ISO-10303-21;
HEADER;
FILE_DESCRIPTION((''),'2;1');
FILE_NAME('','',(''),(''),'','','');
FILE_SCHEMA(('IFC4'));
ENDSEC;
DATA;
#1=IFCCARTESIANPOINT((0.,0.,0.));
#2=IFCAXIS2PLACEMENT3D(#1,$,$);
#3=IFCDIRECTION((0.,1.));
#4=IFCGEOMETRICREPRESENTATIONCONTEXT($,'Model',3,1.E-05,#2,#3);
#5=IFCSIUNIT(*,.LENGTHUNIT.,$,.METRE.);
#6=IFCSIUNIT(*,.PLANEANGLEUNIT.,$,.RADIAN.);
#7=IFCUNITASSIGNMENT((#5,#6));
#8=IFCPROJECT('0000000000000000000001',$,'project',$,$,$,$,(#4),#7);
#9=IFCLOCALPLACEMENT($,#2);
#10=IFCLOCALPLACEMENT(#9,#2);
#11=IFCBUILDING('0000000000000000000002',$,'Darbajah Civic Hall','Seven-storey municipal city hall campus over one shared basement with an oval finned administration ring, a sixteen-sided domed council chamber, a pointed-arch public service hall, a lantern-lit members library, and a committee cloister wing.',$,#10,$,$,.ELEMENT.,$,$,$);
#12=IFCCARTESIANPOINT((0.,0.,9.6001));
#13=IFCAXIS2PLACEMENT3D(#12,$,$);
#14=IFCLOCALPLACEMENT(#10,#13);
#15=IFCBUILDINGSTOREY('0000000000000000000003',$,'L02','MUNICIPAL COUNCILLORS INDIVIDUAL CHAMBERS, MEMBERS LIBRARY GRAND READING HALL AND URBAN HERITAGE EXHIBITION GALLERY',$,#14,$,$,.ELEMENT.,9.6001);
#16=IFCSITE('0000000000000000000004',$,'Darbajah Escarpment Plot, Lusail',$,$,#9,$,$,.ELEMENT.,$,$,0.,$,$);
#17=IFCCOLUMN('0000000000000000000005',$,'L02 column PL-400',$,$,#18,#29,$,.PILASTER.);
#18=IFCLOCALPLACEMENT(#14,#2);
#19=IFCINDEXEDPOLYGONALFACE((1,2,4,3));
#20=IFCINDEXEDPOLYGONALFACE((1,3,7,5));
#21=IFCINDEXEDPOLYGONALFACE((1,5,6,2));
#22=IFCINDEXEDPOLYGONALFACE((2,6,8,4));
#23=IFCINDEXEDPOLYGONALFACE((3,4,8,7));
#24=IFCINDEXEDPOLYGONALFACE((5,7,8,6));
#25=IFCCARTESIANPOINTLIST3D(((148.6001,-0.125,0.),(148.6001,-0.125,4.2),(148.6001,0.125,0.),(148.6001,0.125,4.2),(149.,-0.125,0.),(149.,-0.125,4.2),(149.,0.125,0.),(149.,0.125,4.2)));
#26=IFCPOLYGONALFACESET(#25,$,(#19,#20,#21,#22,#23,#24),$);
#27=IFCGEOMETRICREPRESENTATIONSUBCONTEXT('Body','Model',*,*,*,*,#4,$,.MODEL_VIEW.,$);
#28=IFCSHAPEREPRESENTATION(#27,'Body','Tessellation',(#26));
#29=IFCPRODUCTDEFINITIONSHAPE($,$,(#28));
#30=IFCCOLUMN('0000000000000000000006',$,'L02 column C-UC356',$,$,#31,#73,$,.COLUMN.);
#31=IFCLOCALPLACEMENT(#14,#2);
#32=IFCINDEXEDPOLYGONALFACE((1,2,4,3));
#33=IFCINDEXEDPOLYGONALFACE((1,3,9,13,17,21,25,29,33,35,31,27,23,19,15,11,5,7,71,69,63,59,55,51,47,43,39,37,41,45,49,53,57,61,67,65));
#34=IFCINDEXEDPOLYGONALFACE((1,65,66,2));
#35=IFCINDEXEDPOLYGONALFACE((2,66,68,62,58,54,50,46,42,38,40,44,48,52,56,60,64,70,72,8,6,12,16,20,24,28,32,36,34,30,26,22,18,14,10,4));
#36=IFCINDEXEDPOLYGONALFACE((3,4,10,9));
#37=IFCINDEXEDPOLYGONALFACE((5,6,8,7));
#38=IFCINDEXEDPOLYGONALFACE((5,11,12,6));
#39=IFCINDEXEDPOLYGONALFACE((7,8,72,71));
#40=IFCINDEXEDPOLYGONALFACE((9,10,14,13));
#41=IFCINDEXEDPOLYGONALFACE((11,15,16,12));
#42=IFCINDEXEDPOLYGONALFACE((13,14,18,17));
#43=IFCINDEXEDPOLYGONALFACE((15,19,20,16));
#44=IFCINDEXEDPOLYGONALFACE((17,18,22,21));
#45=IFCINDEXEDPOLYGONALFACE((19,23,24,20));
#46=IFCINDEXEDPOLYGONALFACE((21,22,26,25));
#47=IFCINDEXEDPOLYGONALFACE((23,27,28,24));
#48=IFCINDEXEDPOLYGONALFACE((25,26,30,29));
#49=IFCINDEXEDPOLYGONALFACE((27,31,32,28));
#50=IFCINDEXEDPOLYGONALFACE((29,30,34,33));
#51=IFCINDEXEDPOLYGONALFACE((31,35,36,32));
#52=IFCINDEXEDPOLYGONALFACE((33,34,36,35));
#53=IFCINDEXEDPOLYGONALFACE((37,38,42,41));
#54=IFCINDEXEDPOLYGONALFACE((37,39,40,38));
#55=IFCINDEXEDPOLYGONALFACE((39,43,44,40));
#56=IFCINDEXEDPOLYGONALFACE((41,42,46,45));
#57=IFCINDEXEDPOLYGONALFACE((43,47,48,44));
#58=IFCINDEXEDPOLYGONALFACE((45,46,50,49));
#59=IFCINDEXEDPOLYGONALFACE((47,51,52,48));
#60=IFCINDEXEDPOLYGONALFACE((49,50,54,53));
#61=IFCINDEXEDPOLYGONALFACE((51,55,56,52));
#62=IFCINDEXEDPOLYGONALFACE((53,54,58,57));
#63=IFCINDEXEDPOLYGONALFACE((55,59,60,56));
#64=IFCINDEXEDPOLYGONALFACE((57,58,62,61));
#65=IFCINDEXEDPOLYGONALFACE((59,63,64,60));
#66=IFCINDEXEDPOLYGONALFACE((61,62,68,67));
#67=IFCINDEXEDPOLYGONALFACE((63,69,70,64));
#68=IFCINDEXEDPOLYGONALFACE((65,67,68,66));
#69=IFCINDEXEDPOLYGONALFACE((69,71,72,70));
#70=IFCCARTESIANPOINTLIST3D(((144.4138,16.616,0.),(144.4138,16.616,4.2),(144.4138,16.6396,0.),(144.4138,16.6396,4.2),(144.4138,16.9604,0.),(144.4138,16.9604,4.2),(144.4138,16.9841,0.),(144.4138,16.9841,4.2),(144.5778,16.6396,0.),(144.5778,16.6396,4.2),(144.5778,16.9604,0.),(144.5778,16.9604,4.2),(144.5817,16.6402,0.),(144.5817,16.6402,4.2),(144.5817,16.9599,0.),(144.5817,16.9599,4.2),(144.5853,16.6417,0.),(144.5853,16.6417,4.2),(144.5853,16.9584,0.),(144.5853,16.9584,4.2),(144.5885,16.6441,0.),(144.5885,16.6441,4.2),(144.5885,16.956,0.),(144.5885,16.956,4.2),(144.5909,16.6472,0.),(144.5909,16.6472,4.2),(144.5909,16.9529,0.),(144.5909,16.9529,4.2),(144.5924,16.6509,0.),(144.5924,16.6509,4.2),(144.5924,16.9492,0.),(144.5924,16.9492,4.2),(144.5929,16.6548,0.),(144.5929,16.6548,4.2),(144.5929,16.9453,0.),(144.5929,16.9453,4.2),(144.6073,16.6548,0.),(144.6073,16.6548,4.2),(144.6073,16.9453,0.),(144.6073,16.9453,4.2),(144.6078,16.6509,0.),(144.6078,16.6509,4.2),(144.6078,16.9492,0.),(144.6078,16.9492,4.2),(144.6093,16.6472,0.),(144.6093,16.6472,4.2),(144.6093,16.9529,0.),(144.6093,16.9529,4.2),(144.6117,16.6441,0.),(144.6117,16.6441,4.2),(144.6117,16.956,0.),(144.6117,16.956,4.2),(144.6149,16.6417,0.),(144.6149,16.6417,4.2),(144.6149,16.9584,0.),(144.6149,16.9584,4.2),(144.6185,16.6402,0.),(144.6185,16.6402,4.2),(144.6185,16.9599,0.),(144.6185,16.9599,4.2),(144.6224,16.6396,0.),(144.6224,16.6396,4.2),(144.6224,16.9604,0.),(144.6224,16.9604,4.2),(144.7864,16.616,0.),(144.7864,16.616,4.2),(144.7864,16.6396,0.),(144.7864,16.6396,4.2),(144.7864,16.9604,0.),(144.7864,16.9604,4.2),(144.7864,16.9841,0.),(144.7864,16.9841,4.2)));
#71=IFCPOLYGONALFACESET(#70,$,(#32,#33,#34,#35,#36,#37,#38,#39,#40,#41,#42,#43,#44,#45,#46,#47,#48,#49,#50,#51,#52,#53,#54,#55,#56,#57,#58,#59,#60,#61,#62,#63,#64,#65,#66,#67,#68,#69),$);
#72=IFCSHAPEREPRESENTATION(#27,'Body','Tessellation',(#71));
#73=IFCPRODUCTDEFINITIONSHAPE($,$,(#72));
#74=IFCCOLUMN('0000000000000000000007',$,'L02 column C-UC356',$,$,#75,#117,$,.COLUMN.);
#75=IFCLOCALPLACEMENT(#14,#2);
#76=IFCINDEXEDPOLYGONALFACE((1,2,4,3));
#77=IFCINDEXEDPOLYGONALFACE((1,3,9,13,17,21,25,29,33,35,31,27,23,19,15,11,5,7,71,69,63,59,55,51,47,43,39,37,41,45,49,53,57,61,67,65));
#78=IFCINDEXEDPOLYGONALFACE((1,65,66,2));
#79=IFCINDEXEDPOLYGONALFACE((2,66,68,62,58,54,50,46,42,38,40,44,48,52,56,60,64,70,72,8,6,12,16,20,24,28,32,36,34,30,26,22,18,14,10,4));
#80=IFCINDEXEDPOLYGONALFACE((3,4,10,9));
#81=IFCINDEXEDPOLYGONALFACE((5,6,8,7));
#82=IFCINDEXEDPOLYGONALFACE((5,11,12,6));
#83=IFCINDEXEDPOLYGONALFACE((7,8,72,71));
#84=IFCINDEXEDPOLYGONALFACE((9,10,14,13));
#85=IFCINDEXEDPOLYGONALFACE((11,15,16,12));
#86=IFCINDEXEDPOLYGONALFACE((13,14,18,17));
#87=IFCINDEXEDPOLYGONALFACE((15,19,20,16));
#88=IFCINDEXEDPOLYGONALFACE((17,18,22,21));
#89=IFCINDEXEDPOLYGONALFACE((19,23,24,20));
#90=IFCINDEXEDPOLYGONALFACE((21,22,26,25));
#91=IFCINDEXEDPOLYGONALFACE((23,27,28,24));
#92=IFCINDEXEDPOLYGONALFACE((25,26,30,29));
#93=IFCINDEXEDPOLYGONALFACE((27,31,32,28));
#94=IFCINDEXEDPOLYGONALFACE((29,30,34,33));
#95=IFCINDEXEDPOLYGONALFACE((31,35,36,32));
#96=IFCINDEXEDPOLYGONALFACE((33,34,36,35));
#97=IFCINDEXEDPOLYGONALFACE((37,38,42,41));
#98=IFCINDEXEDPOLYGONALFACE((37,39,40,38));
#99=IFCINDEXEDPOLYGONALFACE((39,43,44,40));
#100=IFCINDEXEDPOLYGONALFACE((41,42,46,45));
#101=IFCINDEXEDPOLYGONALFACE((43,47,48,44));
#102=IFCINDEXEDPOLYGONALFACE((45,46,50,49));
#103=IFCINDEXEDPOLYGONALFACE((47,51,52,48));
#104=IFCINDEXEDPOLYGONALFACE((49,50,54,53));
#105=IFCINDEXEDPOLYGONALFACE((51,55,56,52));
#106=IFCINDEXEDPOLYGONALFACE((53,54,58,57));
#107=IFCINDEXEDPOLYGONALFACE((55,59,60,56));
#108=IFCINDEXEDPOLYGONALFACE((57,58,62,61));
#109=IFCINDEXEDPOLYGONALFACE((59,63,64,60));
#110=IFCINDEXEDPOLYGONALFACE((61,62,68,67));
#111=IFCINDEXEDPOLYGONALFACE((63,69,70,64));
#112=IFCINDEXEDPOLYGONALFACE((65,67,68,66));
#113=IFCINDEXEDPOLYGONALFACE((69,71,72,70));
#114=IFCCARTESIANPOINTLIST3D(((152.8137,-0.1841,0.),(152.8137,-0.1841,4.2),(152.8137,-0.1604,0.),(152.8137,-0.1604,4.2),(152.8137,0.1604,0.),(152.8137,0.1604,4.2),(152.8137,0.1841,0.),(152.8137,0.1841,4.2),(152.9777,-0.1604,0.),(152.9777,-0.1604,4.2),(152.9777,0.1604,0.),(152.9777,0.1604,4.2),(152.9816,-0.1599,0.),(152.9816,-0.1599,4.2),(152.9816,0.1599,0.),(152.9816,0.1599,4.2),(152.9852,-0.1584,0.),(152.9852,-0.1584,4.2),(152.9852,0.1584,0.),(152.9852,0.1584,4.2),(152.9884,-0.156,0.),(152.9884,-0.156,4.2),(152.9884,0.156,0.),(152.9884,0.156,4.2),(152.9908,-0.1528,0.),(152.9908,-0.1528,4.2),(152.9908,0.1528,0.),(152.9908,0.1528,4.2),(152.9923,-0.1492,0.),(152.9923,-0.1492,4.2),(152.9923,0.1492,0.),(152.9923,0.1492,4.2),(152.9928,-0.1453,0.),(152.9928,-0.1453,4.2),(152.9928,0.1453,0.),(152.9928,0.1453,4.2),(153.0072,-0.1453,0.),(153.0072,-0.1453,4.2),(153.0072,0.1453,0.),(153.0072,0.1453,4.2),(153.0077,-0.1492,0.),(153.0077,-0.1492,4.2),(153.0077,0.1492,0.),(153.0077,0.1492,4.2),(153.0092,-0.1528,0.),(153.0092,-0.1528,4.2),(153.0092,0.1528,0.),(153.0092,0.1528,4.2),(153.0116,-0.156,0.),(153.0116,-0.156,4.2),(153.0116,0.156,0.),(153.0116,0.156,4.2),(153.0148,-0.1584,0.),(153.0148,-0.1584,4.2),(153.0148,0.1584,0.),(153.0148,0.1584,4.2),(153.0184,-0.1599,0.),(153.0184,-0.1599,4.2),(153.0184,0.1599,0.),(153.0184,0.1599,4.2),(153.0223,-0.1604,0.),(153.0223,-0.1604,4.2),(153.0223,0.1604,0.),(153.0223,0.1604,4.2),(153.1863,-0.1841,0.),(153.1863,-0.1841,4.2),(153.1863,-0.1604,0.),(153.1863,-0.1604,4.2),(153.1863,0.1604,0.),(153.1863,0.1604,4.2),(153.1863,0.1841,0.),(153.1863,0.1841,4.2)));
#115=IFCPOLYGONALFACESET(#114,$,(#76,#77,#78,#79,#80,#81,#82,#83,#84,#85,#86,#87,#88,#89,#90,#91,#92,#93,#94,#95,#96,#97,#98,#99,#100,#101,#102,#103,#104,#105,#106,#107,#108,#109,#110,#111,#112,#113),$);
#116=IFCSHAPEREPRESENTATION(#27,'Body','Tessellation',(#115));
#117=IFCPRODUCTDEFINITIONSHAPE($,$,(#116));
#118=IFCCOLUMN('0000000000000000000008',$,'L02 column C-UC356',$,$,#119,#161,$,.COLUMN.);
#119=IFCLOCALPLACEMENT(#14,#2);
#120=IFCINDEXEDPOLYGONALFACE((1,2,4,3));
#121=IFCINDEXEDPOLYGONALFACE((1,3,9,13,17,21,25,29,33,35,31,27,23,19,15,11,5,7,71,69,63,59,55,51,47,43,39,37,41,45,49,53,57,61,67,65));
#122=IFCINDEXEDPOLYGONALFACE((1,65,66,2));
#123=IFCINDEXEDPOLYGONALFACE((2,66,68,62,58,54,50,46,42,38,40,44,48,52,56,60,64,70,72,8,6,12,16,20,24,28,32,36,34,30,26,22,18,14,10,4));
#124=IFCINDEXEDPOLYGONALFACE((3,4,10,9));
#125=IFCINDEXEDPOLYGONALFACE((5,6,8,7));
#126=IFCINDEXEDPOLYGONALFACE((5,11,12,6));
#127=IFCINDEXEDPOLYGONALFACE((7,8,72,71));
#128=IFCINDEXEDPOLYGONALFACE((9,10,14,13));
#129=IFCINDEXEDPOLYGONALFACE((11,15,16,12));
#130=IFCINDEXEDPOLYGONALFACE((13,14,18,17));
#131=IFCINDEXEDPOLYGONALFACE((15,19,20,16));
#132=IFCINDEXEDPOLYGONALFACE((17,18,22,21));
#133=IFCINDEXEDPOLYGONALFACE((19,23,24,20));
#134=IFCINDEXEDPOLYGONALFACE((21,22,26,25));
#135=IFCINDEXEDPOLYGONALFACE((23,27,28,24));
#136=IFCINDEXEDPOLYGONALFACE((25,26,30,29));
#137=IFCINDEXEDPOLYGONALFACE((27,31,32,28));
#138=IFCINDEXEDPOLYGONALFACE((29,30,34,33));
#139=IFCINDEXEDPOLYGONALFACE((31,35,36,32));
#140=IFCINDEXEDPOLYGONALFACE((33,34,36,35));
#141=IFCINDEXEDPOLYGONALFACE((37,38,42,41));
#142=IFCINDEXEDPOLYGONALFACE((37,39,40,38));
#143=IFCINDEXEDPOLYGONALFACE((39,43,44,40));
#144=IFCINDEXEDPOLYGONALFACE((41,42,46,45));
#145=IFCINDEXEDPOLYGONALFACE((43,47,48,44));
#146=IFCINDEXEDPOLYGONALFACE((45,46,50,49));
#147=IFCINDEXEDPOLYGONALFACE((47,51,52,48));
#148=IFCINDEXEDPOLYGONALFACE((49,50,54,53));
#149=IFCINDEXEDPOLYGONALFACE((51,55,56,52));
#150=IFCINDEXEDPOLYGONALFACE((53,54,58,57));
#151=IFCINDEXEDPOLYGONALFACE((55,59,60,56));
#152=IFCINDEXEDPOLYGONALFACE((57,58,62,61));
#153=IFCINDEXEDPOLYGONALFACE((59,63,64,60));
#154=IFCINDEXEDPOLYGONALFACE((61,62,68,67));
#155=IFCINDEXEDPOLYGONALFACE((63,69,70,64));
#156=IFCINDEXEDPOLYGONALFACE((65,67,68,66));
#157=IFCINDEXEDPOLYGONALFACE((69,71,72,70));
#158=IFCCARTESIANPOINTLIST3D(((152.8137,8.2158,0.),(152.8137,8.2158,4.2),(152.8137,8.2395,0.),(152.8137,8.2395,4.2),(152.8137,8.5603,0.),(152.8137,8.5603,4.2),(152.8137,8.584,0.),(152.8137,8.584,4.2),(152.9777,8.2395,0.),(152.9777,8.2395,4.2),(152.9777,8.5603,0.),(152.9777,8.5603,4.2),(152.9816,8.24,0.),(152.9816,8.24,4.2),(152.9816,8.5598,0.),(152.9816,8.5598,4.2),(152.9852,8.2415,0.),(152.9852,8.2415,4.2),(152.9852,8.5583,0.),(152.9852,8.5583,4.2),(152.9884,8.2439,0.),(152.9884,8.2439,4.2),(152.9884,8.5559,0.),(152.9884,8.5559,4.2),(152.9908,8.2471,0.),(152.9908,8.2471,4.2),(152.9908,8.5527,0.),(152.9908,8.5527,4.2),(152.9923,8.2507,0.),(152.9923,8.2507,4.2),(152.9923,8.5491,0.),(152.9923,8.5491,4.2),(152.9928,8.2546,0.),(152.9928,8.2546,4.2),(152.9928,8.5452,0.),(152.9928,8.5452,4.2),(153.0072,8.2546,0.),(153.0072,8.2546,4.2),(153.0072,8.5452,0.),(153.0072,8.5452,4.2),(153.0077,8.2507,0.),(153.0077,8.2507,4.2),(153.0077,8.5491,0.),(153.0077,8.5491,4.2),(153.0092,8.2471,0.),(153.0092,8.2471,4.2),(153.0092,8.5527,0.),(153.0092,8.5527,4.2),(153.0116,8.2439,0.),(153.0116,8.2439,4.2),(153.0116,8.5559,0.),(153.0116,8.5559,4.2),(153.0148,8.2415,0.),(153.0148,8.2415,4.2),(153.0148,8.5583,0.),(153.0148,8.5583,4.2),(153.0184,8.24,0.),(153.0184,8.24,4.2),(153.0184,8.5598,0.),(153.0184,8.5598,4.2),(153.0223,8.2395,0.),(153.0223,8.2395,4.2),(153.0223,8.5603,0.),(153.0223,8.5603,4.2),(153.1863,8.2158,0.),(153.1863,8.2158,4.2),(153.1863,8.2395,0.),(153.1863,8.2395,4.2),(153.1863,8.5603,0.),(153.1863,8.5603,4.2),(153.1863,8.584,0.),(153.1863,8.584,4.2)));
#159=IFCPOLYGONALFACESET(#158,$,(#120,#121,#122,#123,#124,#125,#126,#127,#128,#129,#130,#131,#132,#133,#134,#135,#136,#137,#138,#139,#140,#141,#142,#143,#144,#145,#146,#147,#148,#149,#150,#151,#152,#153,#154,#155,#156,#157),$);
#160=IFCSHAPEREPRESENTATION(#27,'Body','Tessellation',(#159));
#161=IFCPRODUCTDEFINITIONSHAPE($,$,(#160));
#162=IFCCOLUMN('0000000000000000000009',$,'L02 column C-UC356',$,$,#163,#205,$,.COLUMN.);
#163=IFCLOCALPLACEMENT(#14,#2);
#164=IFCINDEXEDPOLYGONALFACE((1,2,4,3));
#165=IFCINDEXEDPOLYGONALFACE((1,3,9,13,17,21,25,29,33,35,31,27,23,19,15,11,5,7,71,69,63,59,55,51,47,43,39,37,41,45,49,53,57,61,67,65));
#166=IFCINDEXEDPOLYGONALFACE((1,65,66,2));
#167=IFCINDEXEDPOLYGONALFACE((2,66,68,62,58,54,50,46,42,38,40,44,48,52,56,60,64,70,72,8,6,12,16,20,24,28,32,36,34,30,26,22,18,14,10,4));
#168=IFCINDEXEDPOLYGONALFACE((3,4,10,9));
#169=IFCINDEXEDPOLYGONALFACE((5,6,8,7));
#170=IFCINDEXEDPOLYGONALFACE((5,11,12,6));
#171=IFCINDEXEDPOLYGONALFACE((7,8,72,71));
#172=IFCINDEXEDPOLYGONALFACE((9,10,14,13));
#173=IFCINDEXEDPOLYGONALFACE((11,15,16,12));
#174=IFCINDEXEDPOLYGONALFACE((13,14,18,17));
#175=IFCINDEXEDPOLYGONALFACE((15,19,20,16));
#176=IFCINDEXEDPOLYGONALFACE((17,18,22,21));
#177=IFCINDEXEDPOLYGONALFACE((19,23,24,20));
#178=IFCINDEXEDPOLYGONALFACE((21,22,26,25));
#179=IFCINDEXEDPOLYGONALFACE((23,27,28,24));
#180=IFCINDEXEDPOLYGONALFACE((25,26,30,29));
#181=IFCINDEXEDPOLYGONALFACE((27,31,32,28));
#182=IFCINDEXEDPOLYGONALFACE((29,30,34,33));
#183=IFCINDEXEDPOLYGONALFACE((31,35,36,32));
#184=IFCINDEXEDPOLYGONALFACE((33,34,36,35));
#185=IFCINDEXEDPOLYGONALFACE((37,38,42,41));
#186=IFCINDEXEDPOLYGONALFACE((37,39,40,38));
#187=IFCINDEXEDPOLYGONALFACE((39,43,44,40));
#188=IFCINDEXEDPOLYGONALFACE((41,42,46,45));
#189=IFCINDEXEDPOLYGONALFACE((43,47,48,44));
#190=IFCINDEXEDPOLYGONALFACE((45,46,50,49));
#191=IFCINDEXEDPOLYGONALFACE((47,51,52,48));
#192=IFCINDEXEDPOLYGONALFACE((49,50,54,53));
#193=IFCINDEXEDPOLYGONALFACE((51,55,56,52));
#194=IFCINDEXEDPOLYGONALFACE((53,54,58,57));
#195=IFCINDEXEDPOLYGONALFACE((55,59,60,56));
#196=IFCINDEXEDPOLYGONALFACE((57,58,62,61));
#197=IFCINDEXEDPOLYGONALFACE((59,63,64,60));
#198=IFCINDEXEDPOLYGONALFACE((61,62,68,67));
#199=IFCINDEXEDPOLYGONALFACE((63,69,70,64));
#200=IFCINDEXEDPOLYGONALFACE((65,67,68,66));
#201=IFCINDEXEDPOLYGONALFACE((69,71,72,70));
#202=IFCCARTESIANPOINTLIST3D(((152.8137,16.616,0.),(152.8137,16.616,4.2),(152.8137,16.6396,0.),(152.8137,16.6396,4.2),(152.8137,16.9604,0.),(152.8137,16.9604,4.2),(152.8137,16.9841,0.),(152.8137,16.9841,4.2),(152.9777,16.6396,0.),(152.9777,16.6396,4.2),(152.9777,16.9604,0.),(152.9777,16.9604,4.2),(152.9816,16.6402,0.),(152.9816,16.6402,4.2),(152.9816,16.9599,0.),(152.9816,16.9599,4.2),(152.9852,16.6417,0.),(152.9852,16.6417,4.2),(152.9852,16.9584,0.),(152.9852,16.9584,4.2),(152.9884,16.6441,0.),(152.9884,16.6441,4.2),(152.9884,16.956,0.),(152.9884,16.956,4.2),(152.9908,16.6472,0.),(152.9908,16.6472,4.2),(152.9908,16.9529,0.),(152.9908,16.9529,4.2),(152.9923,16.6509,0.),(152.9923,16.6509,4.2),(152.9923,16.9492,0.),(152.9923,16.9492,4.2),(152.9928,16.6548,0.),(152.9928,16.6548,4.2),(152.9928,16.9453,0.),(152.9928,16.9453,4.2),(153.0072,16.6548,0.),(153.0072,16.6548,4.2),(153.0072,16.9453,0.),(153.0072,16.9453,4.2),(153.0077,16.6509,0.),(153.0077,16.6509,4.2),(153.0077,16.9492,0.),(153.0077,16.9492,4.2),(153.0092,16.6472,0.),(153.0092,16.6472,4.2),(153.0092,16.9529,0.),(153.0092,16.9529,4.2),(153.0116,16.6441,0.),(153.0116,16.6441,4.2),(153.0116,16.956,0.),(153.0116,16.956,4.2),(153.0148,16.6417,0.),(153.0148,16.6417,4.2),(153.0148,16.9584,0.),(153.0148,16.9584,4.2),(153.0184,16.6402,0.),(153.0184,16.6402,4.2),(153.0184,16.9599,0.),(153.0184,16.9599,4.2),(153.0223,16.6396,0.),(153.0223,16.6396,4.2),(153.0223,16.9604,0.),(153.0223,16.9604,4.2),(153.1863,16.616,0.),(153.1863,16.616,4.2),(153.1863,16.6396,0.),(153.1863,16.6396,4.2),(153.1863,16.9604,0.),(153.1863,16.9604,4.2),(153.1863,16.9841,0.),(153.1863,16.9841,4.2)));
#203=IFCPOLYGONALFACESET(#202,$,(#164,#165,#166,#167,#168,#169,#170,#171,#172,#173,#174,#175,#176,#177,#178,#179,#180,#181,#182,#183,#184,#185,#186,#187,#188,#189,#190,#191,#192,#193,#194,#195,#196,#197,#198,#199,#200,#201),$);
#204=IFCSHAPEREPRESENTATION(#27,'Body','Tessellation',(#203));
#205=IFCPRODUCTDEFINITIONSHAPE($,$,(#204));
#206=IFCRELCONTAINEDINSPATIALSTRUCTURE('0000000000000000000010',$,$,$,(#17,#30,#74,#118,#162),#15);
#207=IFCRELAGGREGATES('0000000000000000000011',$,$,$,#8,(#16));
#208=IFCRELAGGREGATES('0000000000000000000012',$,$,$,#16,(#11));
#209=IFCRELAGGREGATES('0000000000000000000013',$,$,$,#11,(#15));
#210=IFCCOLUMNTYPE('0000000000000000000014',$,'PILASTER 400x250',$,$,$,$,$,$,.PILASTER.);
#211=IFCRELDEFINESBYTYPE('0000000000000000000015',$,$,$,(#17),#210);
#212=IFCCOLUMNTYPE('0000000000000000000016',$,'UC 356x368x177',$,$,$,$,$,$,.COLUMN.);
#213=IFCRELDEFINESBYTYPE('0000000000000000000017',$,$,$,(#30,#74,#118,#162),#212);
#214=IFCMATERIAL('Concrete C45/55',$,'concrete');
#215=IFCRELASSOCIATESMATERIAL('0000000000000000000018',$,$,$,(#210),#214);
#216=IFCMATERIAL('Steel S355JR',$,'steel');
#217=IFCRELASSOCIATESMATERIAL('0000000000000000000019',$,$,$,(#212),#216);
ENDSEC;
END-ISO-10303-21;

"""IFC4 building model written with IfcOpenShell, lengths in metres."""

from ifc_helpers import new_model, si_unit, direction, frame, origin, origin_2d, place, context, subcontext, project, spatial, rectangle, i_section, extrude, material, material_profile, profile_set, type_object, element, save


model = new_model("IFC4")

# Units and contexts
model_context = context("Model", 3, precision=1e-05, world=origin(), true_north=direction((0.0, 1.0)))
body_context = subcontext(model_context, "Body", "Model", "MODEL_VIEW")
ifc_project = project(units=[si_unit("LENGTHUNIT", "METRE"), si_unit("PLANEANGLEUNIT", "RADIAN")], contexts=[model_context])

# Site, building, storey
site_placement = place(None, origin())
site = spatial("IfcSite", under=ifc_project, at=site_placement, Name="Darbajah Escarpment Plot, Lusail", CompositionType="ELEMENT", RefElevation=0.0)
building_placement = place(site_placement, origin())
building = spatial("IfcBuilding", under=site, at=building_placement, Name="Darbajah Civic Hall", Description="Seven-storey municipal city hall campus over one shared basement with an oval finned administration ring, a sixteen-sided domed council chamber, a pointed-arch public service hall, a lantern-lit members library, and a committee cloister wing.", CompositionType="ELEMENT")
storey_placement = place(building_placement, frame((0.0, 0.0, 9.6001)))
storey = spatial("IfcBuildingStorey", under=building, at=storey_placement, Name="L02", Description="MUNICIPAL COUNCILLORS INDIVIDUAL CHAMBERS, MEMBERS LIBRARY GRAND READING HALL AND URBAN HERITAGE EXHIBITION GALLERY", CompositionType="ELEMENT", Elevation=9.6001)

# Columns
ifc_material_1 = material(Name="Concrete C45/55", Category="concrete")
ifc_material_profile_1 = material_profile(ifc_material_1, rectangle(XDim=0.3999, YDim=0.25, at=origin_2d()), Name="PILASTER 400x250")
ifc_profile_set_1 = profile_set([ifc_material_profile_1], Name="Concrete C45/55")
column_type_1 = type_object("IfcColumnType", Name="PILASTER 400x250", PredefinedType="PILASTER", material=ifc_profile_set_1)
column_placement = place(storey_placement, frame((148.8, 0.0, 0.0), z_axis=(0.0, 0.0, 1.0), x_axis=(1.0, 0.0, 0.0)))
element("IfcColumn", 1, at=column_placement, inside=storey, type_object=column_type_1, Name="L02 column PL-400", PredefinedType="PILASTER", context=body_context, shape_type="SweptSolid", body=[
    extrude(rectangle(XDim=0.3999, YDim=0.25, at=origin_2d()), origin(), (0.0, 0.0, 1.0), 4.2),
])
ifc_material_2 = material(Name="Steel S355JR", Category="steel")
ifc_material_profile_2 = material_profile(ifc_material_2, i_section(OverallWidth=0.3726, OverallDepth=0.3682, WebThickness=0.0144, FlangeThickness=0.0237, FilletRadius=0.0151, at=origin_2d()), Name="UC 356x368x177")
ifc_profile_set_2 = profile_set([ifc_material_profile_2], Name="Steel S355JR")
column_type_2 = type_object("IfcColumnType", Name="UC 356x368x177", PredefinedType="COLUMN", material=ifc_profile_set_2)
for number, where, z_axis, x_axis, name in (
    (2, (144.6001, 16.8, 0.0), (0.0, 0.0, 1.0), (1.0, 0.0, 0.0), "L02 column C-UC356"),
    (3, (153.0, 0.0, 0.0), (0.0, 0.0, 1.0), (1.0, 0.0, 0.0), "L02 column C-UC356"),
    (4, (153.0, 8.3999, 0.0), (0.0, 0.0, 1.0), (1.0, 0.0, 0.0), "L02 column C-UC356"),
    (5, (153.0, 16.8, 0.0), (0.0, 0.0, 1.0), (1.0, 0.0, 0.0), "L02 column C-UC356"),
):
    element("IfcColumn", number, at=place(storey_placement, frame(where, z_axis=z_axis, x_axis=x_axis)), inside=storey, type_object=column_type_2, Name=name, PredefinedType="COLUMN", context=body_context, shape_type="SweptSolid", body=[
        extrude(i_section(OverallWidth=0.3726, OverallDepth=0.3682, WebThickness=0.0144, FlangeThickness=0.0237, FilletRadius=0.0151, at=origin_2d()), origin(), (0.0, 0.0, 1.0), 4.2),
    ])

save(model, "model.ifc")
